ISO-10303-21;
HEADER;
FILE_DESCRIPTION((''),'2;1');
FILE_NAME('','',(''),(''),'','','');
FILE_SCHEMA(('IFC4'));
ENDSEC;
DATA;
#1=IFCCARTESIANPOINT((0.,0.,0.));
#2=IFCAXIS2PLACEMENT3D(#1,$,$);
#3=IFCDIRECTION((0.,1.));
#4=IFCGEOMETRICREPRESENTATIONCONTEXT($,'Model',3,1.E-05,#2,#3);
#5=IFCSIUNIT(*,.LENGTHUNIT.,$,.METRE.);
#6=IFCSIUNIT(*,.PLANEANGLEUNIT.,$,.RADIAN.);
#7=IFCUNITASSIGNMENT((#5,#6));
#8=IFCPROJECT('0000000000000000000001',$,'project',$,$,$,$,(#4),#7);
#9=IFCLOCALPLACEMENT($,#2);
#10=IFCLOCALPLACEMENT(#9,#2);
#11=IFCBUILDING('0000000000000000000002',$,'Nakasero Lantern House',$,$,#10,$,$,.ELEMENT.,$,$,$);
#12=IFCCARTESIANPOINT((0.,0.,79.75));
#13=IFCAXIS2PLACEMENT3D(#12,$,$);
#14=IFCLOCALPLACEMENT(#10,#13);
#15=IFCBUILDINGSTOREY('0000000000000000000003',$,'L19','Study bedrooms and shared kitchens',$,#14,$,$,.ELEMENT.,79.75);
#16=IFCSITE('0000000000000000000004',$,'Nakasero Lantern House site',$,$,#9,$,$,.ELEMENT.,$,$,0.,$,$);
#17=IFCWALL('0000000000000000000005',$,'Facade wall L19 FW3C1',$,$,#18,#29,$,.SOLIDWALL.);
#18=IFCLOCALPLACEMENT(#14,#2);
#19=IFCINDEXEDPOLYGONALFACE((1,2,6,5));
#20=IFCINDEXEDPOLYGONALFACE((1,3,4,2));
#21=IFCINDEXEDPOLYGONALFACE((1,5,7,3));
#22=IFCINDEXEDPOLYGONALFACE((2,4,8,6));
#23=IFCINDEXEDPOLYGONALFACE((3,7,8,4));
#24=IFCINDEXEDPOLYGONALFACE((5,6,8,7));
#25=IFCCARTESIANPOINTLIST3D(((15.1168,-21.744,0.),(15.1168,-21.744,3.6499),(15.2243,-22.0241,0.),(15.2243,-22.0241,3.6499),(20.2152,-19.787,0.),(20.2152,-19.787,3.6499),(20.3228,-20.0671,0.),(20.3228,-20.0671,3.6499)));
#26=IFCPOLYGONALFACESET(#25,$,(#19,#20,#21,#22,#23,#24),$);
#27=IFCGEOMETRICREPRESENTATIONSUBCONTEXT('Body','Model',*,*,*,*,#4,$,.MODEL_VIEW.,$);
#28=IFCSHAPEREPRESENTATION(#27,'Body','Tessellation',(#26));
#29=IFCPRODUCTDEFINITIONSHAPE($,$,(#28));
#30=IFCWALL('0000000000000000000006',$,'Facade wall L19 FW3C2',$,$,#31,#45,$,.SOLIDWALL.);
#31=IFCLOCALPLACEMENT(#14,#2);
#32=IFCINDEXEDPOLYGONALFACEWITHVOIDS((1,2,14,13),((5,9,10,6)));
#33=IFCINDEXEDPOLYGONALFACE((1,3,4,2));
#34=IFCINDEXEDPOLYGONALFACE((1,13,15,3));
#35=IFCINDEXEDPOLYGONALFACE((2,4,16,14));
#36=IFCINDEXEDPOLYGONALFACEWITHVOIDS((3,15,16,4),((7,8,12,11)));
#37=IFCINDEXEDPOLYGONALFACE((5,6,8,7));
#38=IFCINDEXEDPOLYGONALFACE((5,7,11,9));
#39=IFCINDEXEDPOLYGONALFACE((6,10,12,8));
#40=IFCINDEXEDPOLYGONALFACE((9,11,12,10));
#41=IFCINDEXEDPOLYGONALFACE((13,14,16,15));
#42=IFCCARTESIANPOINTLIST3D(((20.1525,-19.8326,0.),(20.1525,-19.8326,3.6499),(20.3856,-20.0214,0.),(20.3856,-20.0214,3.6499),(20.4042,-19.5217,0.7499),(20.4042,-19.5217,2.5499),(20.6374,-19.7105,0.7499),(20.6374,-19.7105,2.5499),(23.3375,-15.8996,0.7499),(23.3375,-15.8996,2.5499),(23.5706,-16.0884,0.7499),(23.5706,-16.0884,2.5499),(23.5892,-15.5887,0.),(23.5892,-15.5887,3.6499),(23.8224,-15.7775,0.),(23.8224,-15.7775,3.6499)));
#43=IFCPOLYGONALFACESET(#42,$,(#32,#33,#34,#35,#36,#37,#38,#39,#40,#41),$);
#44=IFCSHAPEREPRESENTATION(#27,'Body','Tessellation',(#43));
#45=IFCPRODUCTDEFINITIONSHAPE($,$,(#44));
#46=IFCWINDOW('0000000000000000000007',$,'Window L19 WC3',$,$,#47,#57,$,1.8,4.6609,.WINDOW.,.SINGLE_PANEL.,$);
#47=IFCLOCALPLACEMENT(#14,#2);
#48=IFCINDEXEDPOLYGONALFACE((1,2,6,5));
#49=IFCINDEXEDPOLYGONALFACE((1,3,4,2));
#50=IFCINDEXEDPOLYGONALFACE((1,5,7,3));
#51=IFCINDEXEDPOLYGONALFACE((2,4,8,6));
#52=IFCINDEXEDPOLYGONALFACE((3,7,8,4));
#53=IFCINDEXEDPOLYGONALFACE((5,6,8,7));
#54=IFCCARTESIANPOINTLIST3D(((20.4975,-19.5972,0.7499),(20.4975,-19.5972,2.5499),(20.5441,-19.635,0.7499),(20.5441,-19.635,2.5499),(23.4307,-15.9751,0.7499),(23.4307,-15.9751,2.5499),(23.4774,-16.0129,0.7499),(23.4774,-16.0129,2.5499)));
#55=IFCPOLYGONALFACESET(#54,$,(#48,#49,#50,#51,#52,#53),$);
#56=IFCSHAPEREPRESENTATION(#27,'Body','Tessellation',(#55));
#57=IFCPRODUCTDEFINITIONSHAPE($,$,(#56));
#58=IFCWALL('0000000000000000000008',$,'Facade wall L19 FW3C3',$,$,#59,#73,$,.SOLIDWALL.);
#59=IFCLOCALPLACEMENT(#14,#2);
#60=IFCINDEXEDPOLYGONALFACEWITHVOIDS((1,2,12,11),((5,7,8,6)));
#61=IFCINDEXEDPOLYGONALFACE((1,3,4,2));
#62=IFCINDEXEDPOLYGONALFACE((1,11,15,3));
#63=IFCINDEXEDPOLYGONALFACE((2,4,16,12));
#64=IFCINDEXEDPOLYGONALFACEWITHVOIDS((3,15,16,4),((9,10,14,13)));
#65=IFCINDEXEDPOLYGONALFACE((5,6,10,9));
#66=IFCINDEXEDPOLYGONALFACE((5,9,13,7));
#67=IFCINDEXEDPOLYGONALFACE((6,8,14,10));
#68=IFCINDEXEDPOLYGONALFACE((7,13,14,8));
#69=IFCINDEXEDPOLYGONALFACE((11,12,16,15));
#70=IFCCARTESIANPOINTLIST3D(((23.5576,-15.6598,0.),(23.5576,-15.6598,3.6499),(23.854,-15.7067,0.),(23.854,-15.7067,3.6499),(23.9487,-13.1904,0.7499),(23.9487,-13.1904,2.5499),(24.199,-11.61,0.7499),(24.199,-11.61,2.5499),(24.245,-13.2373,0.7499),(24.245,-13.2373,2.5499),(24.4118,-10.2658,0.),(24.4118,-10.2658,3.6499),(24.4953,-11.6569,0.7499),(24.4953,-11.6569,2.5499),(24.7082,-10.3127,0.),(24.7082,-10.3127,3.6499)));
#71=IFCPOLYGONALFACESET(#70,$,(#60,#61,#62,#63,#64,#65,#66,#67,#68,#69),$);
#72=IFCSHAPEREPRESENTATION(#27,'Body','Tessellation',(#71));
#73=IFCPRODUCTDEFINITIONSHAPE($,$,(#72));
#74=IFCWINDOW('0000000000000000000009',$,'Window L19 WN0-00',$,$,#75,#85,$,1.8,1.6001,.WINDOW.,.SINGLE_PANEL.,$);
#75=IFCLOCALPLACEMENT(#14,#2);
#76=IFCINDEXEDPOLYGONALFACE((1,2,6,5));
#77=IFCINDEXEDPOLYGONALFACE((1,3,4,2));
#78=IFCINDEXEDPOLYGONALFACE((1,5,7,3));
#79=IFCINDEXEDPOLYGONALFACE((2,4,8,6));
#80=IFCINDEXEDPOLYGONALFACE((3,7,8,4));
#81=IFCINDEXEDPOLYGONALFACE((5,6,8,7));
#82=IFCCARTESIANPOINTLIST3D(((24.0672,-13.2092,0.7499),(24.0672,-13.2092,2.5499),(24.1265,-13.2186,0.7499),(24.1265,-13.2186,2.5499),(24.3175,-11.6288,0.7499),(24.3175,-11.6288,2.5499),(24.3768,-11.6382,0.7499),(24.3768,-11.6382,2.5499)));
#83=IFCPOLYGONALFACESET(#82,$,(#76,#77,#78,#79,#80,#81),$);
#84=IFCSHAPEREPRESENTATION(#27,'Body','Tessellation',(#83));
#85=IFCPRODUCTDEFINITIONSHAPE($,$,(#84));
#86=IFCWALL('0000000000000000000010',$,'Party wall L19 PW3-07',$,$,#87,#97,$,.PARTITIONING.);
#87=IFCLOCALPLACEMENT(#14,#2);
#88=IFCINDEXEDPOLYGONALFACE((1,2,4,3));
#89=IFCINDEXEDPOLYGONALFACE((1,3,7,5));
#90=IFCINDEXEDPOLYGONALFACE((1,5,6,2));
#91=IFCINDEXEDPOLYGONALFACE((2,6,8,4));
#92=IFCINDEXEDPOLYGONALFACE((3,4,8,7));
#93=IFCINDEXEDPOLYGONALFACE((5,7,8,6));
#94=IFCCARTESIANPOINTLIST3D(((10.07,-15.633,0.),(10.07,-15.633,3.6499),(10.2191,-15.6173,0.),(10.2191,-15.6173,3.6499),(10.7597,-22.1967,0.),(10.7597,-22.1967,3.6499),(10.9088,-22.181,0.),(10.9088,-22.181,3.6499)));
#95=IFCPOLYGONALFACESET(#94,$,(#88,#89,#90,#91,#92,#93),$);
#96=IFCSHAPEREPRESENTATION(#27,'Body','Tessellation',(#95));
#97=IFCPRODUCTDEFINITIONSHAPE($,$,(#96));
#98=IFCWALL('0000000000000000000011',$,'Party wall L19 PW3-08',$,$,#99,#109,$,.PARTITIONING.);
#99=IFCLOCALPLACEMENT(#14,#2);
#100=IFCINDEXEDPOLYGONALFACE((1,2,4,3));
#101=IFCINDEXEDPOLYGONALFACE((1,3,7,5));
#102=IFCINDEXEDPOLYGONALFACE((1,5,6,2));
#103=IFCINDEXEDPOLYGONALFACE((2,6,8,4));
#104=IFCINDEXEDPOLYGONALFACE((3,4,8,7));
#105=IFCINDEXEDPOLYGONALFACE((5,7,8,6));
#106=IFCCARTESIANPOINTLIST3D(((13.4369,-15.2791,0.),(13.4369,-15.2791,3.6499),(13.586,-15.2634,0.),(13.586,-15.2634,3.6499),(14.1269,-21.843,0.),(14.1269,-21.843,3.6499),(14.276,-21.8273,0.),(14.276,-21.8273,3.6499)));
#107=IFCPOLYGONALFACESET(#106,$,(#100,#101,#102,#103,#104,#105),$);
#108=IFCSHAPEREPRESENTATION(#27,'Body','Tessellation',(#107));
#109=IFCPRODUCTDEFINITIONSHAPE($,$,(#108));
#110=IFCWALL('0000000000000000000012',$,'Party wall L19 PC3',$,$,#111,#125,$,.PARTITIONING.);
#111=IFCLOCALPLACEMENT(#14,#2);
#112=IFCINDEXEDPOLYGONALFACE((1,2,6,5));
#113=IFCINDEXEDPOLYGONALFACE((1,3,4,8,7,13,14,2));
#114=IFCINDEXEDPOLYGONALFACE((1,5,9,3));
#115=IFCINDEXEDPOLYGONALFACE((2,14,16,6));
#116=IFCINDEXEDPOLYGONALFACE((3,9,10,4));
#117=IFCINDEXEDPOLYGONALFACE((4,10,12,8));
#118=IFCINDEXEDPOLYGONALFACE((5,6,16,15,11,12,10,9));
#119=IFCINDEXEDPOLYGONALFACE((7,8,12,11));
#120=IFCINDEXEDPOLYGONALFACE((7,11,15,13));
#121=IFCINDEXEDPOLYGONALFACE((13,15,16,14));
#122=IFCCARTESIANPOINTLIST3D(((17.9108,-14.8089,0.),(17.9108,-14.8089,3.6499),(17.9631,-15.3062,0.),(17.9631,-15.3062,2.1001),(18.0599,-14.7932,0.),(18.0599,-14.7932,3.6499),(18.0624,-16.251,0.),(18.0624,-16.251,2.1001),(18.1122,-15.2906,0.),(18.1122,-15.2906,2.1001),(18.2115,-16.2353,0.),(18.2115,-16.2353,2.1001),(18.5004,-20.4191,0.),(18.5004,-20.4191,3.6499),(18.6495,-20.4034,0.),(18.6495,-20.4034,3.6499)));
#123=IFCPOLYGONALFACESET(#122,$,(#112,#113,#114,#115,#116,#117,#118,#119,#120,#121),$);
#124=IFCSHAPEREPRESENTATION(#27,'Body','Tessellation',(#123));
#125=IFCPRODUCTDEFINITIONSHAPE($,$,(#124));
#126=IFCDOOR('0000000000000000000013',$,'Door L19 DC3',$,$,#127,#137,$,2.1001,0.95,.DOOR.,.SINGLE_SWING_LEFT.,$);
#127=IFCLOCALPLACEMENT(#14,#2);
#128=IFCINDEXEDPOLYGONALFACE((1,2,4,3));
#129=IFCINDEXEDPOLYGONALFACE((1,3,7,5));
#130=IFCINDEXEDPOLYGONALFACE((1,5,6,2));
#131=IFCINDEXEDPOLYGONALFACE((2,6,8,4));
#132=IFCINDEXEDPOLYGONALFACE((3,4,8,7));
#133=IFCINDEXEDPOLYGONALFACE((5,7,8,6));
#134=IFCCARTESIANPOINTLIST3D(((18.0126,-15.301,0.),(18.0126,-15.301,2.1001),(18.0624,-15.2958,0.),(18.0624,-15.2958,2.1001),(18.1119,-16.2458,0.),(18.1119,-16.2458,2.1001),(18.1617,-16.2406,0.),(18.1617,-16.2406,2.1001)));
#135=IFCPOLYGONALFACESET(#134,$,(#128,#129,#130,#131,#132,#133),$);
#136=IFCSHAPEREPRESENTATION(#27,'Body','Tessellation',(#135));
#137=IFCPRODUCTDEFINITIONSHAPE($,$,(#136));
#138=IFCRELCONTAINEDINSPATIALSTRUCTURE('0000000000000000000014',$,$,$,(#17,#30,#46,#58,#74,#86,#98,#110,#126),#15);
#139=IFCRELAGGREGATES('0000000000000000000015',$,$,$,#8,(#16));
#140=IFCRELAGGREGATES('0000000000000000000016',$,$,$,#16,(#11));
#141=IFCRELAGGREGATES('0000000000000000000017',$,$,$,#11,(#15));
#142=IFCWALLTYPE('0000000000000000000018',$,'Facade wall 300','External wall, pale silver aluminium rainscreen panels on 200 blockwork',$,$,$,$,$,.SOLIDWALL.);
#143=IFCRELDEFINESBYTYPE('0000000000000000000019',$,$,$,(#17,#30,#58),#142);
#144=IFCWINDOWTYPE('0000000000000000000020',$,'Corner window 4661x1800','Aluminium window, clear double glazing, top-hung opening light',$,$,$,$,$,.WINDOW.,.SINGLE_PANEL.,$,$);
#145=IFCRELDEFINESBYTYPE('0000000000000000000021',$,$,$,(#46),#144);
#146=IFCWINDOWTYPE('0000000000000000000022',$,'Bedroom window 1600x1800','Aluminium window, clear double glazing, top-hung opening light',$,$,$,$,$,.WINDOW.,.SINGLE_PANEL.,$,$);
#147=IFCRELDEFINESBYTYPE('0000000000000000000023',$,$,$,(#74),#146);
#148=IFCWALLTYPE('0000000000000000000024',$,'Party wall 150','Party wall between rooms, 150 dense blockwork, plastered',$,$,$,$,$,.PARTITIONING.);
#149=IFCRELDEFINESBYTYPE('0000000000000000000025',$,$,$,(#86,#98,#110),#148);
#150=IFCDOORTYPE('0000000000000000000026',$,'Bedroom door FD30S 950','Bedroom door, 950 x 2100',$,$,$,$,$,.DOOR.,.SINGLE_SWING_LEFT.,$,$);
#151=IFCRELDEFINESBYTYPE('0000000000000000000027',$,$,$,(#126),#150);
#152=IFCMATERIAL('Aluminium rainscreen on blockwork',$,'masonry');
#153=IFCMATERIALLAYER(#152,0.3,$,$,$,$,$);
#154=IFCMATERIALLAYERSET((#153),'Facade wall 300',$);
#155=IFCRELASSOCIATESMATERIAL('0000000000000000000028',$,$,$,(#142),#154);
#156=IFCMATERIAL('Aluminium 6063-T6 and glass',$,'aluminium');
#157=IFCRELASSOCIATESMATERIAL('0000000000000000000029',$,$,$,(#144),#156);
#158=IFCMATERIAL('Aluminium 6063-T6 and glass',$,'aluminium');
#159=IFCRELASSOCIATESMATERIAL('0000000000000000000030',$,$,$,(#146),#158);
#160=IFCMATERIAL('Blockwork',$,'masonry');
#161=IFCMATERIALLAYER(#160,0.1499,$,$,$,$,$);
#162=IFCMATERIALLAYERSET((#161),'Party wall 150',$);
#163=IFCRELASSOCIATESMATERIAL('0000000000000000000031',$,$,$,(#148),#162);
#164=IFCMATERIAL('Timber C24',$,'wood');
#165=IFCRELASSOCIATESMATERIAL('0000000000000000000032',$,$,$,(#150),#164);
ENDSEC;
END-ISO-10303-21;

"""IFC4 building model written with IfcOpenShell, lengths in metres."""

from ifc_helpers import new_model, si_unit, direction, frame, frame_2d, origin, place, context, subcontext, project, spatial, rectangle, extrude, material, layer, layer_set, type_object, element, fill, save


model = new_model("IFC4")

# Units and contexts
model_context = context("Model", 3, precision=1e-05, world=origin(), true_north=direction((0.0, 1.0)))
body_context = subcontext(model_context, "Body", "Model", "MODEL_VIEW")
ifc_project = project(units=[si_unit("LENGTHUNIT", "METRE"), si_unit("PLANEANGLEUNIT", "RADIAN")], contexts=[model_context])

# Site, building, storey
site_placement = place(None, origin())
site = spatial("IfcSite", under=ifc_project, at=site_placement, Name="Nakasero Lantern House site", CompositionType="ELEMENT", RefElevation=0.0)
building_placement = place(site_placement, origin())
building = spatial("IfcBuilding", under=site, at=building_placement, Name="Nakasero Lantern House", CompositionType="ELEMENT")
storey_placement = place(building_placement, frame((0.0, 0.0, 79.75)))
storey = spatial("IfcBuildingStorey", under=building, at=storey_placement, Name="L19", Description="Study bedrooms and shared kitchens", CompositionType="ELEMENT", Elevation=79.75)

# Wall
ifc_material_1 = material(Name="Aluminium rainscreen on blockwork", Category="masonry")
ifc_layer_1 = layer(ifc_material_1, 0.3)
ifc_layer_set_1 = layer_set([ifc_layer_1], Name="Facade wall 300")
wall_type_1 = type_object("IfcWallType", Name="Facade wall 300", Description="External wall, pale silver aluminium rainscreen panels on 200 blockwork", PredefinedType="SOLIDWALL", material=ifc_layer_set_1)
wall_1_placement = place(storey_placement, frame((15.1707, -21.884, 0.0), z_axis=(0.0, 0.0, 1.0), x_axis=(0.933584, 0.358359, 0.0)))
element("IfcWall", 1, at=wall_1_placement, inside=storey, type_object=wall_type_1, Name="Facade wall L19 FW3C1", PredefinedType="SOLIDWALL", context=body_context, shape_type="SweptSolid", body=[
    extrude(rectangle(XDim=5.4612, YDim=0.3, at=frame_2d((2.7305, 0.0))), origin(), (0.0, 0.0, 1.0), 3.6499),
])

# Walls, openings, windows
wall_2_placement = place(storey_placement, frame((20.269, -19.927, 0.0), z_axis=(0.0, 0.0, 1.0), x_axis=(0.629335, 0.777135, 0.0)))
wall_2 = element("IfcWall", 2, at=wall_2_placement, inside=storey, type_object=wall_type_1, Name="Facade wall L19 FW3C2", PredefinedType="SOLIDWALL", context=body_context, shape_type="SweptSolid", body=[
    extrude(rectangle(XDim=5.4609, YDim=0.3, at=frame_2d((2.7305, 0.0))), origin(), (0.0, 0.0, 1.0), 3.6499),
])
opening_1_placement = place(wall_2_placement, frame((0.3999, 0.0, 0.75)))
opening_1 = element("IfcOpeningElement", 3, at=opening_1_placement, cuts=wall_2, PredefinedType="OPENING", context=body_context, shape_type="SweptSolid", body=[
    extrude(rectangle(XDim=4.6609, YDim=1.8, at=frame_2d((2.3306, 0.8999))), frame((0.0, 0.1699, 0.0), z_axis=(0.0, -1.0, 0.0), x_axis=(1.0, 0.0, 0.0)), (0.0, 0.0, 1.0), 0.3401),
])
ifc_material_2 = material(Name="Aluminium 6063-T6 and glass", Category="aluminium")
window_type_1 = type_object("IfcWindowType", Name="Corner window 4661x1800", Description="Aluminium window, clear double glazing, top-hung opening light", PartitioningType="SINGLE_PANEL", PredefinedType="WINDOW", material=ifc_material_2)
window_1_placement = place(opening_1_placement, origin())
window_1 = element("IfcWindow", 4, at=window_1_placement, inside=storey, type_object=window_type_1, Name="Window L19 WC3", OverallHeight=1.8, OverallWidth=4.6609, PartitioningType="SINGLE_PANEL", PredefinedType="WINDOW", context=body_context, shape_type="SweptSolid", body=[
    extrude(rectangle(XDim=4.6609, YDim=1.8, at=frame_2d((2.3306, 0.8999))), frame((0.0, 0.03, 0.0), z_axis=(0.0, -1.0, 0.0), x_axis=(1.0, 0.0, 0.0)), (0.0, 0.0, 1.0), 0.0601),
])
fill(opening_1, window_1)
wall_3_placement = place(storey_placement, frame((23.7058, -15.6831, 0.0), z_axis=(0.0, 0.0, 1.0), x_axis=(0.156419, 0.987691, 0.0)))
wall_3 = element("IfcWall", 5, at=wall_3_placement, inside=storey, type_object=wall_type_1, Name="Facade wall L19 FW3C3", PredefinedType="SOLIDWALL", context=body_context, shape_type="SweptSolid", body=[
    extrude(rectangle(XDim=5.4612, YDim=0.3, at=frame_2d((2.7305, 0.0))), origin(), (0.0, 0.0, 1.0), 3.6499),
])
opening_2_placement = place(wall_3_placement, frame((2.5, 0.0, 0.75)))
opening_2 = element("IfcOpeningElement", 6, at=opening_2_placement, cuts=wall_3, PredefinedType="OPENING", context=body_context, shape_type="SweptSolid", body=[
    extrude(rectangle(XDim=1.6001, YDim=1.8, at=frame_2d((0.8, 0.8999))), frame((0.0, 0.1699, 0.0), z_axis=(0.0, -1.0, 0.0), x_axis=(1.0, 0.0, 0.0)), (0.0, 0.0, 1.0), 0.3401),
])
ifc_material_3 = material(Name="Aluminium 6063-T6 and glass", Category="aluminium")
window_type_2 = type_object("IfcWindowType", Name="Bedroom window 1600x1800", Description="Aluminium window, clear double glazing, top-hung opening light", PartitioningType="SINGLE_PANEL", PredefinedType="WINDOW", material=ifc_material_3)
window_2_placement = place(opening_2_placement, origin())
window_2 = element("IfcWindow", 7, at=window_2_placement, inside=storey, type_object=window_type_2, Name="Window L19 WN0-00", OverallHeight=1.8, OverallWidth=1.6001, PartitioningType="SINGLE_PANEL", PredefinedType="WINDOW", context=body_context, shape_type="SweptSolid", body=[
    extrude(rectangle(XDim=1.6001, YDim=1.8, at=frame_2d((0.8, 0.8999))), frame((0.0, 0.03, 0.0), z_axis=(0.0, -1.0, 0.0), x_axis=(1.0, 0.0, 0.0)), (0.0, 0.0, 1.0), 0.0601),
])
fill(opening_2, window_2)

# Walls
ifc_material_4 = material(Name="Blockwork", Category="masonry")
ifc_layer_2 = layer(ifc_material_4, 0.1499)
ifc_layer_set_2 = layer_set([ifc_layer_2], Name="Party wall 150")
wall_type_2 = type_object("IfcWallType", Name="Party wall 150", Description="Party wall between rooms, 150 dense blockwork, plastered", PredefinedType="PARTITIONING", material=ifc_layer_set_2)
wall_4_placement = place(storey_placement, frame((10.1445, -15.6252, 0.0), z_axis=(0.0, 0.0, 1.0), x_axis=(0.104502, -0.994525, 0.0)))
element("IfcWall", 8, at=wall_4_placement, inside=storey, type_object=wall_type_2, Name="Party wall L19 PW3-07", PredefinedType="PARTITIONING", context=body_context, shape_type="SweptSolid", body=[
    extrude(rectangle(XDim=6.5999, YDim=0.1499, at=frame_2d((3.2998, 0.0))), origin(), (0.0, 0.0, 1.0), 3.6499),
])
wall_5_placement = place(storey_placement, frame((13.5115, -15.2712, 0.0), z_axis=(0.0, 0.0, 1.0), x_axis=(0.104535, -0.994521, 0.0)))
element("IfcWall", 9, at=wall_5_placement, inside=storey, type_object=wall_type_2, Name="Party wall L19 PW3-08", PredefinedType="PARTITIONING", context=body_context, shape_type="SweptSolid", body=[
    extrude(rectangle(XDim=6.6001, YDim=0.1499, at=frame_2d((3.3, 0.0))), origin(), (0.0, 0.0, 1.0), 3.6499),
])

# Wall, opening, door
wall_6_placement = place(storey_placement, frame((17.9854, -14.801, 0.0), z_axis=(0.0, 0.0, 1.0), x_axis=(0.10452, -0.994523, 0.0)))
wall_6 = element("IfcWall", 10, at=wall_6_placement, inside=storey, type_object=wall_type_2, Name="Party wall L19 PC3", PredefinedType="PARTITIONING", context=body_context, shape_type="SweptSolid", body=[
    extrude(rectangle(XDim=5.6411, YDim=0.1499, at=frame_2d((2.8206, 0.0))), origin(), (0.0, 0.0, 1.0), 3.6499),
])
opening_3_placement = place(wall_6_placement, frame((0.5, 0.0, 0.0)))
opening_3 = element("IfcOpeningElement", 11, at=opening_3_placement, cuts=wall_6, PredefinedType="OPENING", context=body_context, shape_type="SweptSolid", body=[
    extrude(rectangle(XDim=0.95, YDim=2.1001, at=frame_2d((0.4751, 1.05))), frame((0.0, 0.095, 0.0), z_axis=(0.0, -1.0, 0.0), x_axis=(1.0, 0.0, 0.0)), (0.0, 0.0, 1.0), 0.1899),
])
ifc_material_5 = material(Name="Timber C24", Category="wood")
door_type_1 = type_object("IfcDoorType", Name="Bedroom door FD30S 950", Description="Bedroom door, 950 x 2100", OperationType="SINGLE_SWING_LEFT", PredefinedType="DOOR", material=ifc_material_5)
door_1_placement = place(opening_3_placement, origin())
door_1 = element("IfcDoor", 12, at=door_1_placement, inside=storey, type_object=door_type_1, Name="Door L19 DC3", OperationType="SINGLE_SWING_LEFT", OverallHeight=2.1001, OverallWidth=0.95, PredefinedType="DOOR", context=body_context, shape_type="SweptSolid", body=[
    extrude(rectangle(XDim=0.95, YDim=2.1001, at=frame_2d((0.4751, 1.05))), frame((0.0, 0.0249, 0.0), z_axis=(0.0, -1.0, 0.0), x_axis=(1.0, 0.0, 0.0)), (0.0, 0.0, 1.0), 0.05),
])
fill(opening_3, door_1)

save(model, "model.ifc")
